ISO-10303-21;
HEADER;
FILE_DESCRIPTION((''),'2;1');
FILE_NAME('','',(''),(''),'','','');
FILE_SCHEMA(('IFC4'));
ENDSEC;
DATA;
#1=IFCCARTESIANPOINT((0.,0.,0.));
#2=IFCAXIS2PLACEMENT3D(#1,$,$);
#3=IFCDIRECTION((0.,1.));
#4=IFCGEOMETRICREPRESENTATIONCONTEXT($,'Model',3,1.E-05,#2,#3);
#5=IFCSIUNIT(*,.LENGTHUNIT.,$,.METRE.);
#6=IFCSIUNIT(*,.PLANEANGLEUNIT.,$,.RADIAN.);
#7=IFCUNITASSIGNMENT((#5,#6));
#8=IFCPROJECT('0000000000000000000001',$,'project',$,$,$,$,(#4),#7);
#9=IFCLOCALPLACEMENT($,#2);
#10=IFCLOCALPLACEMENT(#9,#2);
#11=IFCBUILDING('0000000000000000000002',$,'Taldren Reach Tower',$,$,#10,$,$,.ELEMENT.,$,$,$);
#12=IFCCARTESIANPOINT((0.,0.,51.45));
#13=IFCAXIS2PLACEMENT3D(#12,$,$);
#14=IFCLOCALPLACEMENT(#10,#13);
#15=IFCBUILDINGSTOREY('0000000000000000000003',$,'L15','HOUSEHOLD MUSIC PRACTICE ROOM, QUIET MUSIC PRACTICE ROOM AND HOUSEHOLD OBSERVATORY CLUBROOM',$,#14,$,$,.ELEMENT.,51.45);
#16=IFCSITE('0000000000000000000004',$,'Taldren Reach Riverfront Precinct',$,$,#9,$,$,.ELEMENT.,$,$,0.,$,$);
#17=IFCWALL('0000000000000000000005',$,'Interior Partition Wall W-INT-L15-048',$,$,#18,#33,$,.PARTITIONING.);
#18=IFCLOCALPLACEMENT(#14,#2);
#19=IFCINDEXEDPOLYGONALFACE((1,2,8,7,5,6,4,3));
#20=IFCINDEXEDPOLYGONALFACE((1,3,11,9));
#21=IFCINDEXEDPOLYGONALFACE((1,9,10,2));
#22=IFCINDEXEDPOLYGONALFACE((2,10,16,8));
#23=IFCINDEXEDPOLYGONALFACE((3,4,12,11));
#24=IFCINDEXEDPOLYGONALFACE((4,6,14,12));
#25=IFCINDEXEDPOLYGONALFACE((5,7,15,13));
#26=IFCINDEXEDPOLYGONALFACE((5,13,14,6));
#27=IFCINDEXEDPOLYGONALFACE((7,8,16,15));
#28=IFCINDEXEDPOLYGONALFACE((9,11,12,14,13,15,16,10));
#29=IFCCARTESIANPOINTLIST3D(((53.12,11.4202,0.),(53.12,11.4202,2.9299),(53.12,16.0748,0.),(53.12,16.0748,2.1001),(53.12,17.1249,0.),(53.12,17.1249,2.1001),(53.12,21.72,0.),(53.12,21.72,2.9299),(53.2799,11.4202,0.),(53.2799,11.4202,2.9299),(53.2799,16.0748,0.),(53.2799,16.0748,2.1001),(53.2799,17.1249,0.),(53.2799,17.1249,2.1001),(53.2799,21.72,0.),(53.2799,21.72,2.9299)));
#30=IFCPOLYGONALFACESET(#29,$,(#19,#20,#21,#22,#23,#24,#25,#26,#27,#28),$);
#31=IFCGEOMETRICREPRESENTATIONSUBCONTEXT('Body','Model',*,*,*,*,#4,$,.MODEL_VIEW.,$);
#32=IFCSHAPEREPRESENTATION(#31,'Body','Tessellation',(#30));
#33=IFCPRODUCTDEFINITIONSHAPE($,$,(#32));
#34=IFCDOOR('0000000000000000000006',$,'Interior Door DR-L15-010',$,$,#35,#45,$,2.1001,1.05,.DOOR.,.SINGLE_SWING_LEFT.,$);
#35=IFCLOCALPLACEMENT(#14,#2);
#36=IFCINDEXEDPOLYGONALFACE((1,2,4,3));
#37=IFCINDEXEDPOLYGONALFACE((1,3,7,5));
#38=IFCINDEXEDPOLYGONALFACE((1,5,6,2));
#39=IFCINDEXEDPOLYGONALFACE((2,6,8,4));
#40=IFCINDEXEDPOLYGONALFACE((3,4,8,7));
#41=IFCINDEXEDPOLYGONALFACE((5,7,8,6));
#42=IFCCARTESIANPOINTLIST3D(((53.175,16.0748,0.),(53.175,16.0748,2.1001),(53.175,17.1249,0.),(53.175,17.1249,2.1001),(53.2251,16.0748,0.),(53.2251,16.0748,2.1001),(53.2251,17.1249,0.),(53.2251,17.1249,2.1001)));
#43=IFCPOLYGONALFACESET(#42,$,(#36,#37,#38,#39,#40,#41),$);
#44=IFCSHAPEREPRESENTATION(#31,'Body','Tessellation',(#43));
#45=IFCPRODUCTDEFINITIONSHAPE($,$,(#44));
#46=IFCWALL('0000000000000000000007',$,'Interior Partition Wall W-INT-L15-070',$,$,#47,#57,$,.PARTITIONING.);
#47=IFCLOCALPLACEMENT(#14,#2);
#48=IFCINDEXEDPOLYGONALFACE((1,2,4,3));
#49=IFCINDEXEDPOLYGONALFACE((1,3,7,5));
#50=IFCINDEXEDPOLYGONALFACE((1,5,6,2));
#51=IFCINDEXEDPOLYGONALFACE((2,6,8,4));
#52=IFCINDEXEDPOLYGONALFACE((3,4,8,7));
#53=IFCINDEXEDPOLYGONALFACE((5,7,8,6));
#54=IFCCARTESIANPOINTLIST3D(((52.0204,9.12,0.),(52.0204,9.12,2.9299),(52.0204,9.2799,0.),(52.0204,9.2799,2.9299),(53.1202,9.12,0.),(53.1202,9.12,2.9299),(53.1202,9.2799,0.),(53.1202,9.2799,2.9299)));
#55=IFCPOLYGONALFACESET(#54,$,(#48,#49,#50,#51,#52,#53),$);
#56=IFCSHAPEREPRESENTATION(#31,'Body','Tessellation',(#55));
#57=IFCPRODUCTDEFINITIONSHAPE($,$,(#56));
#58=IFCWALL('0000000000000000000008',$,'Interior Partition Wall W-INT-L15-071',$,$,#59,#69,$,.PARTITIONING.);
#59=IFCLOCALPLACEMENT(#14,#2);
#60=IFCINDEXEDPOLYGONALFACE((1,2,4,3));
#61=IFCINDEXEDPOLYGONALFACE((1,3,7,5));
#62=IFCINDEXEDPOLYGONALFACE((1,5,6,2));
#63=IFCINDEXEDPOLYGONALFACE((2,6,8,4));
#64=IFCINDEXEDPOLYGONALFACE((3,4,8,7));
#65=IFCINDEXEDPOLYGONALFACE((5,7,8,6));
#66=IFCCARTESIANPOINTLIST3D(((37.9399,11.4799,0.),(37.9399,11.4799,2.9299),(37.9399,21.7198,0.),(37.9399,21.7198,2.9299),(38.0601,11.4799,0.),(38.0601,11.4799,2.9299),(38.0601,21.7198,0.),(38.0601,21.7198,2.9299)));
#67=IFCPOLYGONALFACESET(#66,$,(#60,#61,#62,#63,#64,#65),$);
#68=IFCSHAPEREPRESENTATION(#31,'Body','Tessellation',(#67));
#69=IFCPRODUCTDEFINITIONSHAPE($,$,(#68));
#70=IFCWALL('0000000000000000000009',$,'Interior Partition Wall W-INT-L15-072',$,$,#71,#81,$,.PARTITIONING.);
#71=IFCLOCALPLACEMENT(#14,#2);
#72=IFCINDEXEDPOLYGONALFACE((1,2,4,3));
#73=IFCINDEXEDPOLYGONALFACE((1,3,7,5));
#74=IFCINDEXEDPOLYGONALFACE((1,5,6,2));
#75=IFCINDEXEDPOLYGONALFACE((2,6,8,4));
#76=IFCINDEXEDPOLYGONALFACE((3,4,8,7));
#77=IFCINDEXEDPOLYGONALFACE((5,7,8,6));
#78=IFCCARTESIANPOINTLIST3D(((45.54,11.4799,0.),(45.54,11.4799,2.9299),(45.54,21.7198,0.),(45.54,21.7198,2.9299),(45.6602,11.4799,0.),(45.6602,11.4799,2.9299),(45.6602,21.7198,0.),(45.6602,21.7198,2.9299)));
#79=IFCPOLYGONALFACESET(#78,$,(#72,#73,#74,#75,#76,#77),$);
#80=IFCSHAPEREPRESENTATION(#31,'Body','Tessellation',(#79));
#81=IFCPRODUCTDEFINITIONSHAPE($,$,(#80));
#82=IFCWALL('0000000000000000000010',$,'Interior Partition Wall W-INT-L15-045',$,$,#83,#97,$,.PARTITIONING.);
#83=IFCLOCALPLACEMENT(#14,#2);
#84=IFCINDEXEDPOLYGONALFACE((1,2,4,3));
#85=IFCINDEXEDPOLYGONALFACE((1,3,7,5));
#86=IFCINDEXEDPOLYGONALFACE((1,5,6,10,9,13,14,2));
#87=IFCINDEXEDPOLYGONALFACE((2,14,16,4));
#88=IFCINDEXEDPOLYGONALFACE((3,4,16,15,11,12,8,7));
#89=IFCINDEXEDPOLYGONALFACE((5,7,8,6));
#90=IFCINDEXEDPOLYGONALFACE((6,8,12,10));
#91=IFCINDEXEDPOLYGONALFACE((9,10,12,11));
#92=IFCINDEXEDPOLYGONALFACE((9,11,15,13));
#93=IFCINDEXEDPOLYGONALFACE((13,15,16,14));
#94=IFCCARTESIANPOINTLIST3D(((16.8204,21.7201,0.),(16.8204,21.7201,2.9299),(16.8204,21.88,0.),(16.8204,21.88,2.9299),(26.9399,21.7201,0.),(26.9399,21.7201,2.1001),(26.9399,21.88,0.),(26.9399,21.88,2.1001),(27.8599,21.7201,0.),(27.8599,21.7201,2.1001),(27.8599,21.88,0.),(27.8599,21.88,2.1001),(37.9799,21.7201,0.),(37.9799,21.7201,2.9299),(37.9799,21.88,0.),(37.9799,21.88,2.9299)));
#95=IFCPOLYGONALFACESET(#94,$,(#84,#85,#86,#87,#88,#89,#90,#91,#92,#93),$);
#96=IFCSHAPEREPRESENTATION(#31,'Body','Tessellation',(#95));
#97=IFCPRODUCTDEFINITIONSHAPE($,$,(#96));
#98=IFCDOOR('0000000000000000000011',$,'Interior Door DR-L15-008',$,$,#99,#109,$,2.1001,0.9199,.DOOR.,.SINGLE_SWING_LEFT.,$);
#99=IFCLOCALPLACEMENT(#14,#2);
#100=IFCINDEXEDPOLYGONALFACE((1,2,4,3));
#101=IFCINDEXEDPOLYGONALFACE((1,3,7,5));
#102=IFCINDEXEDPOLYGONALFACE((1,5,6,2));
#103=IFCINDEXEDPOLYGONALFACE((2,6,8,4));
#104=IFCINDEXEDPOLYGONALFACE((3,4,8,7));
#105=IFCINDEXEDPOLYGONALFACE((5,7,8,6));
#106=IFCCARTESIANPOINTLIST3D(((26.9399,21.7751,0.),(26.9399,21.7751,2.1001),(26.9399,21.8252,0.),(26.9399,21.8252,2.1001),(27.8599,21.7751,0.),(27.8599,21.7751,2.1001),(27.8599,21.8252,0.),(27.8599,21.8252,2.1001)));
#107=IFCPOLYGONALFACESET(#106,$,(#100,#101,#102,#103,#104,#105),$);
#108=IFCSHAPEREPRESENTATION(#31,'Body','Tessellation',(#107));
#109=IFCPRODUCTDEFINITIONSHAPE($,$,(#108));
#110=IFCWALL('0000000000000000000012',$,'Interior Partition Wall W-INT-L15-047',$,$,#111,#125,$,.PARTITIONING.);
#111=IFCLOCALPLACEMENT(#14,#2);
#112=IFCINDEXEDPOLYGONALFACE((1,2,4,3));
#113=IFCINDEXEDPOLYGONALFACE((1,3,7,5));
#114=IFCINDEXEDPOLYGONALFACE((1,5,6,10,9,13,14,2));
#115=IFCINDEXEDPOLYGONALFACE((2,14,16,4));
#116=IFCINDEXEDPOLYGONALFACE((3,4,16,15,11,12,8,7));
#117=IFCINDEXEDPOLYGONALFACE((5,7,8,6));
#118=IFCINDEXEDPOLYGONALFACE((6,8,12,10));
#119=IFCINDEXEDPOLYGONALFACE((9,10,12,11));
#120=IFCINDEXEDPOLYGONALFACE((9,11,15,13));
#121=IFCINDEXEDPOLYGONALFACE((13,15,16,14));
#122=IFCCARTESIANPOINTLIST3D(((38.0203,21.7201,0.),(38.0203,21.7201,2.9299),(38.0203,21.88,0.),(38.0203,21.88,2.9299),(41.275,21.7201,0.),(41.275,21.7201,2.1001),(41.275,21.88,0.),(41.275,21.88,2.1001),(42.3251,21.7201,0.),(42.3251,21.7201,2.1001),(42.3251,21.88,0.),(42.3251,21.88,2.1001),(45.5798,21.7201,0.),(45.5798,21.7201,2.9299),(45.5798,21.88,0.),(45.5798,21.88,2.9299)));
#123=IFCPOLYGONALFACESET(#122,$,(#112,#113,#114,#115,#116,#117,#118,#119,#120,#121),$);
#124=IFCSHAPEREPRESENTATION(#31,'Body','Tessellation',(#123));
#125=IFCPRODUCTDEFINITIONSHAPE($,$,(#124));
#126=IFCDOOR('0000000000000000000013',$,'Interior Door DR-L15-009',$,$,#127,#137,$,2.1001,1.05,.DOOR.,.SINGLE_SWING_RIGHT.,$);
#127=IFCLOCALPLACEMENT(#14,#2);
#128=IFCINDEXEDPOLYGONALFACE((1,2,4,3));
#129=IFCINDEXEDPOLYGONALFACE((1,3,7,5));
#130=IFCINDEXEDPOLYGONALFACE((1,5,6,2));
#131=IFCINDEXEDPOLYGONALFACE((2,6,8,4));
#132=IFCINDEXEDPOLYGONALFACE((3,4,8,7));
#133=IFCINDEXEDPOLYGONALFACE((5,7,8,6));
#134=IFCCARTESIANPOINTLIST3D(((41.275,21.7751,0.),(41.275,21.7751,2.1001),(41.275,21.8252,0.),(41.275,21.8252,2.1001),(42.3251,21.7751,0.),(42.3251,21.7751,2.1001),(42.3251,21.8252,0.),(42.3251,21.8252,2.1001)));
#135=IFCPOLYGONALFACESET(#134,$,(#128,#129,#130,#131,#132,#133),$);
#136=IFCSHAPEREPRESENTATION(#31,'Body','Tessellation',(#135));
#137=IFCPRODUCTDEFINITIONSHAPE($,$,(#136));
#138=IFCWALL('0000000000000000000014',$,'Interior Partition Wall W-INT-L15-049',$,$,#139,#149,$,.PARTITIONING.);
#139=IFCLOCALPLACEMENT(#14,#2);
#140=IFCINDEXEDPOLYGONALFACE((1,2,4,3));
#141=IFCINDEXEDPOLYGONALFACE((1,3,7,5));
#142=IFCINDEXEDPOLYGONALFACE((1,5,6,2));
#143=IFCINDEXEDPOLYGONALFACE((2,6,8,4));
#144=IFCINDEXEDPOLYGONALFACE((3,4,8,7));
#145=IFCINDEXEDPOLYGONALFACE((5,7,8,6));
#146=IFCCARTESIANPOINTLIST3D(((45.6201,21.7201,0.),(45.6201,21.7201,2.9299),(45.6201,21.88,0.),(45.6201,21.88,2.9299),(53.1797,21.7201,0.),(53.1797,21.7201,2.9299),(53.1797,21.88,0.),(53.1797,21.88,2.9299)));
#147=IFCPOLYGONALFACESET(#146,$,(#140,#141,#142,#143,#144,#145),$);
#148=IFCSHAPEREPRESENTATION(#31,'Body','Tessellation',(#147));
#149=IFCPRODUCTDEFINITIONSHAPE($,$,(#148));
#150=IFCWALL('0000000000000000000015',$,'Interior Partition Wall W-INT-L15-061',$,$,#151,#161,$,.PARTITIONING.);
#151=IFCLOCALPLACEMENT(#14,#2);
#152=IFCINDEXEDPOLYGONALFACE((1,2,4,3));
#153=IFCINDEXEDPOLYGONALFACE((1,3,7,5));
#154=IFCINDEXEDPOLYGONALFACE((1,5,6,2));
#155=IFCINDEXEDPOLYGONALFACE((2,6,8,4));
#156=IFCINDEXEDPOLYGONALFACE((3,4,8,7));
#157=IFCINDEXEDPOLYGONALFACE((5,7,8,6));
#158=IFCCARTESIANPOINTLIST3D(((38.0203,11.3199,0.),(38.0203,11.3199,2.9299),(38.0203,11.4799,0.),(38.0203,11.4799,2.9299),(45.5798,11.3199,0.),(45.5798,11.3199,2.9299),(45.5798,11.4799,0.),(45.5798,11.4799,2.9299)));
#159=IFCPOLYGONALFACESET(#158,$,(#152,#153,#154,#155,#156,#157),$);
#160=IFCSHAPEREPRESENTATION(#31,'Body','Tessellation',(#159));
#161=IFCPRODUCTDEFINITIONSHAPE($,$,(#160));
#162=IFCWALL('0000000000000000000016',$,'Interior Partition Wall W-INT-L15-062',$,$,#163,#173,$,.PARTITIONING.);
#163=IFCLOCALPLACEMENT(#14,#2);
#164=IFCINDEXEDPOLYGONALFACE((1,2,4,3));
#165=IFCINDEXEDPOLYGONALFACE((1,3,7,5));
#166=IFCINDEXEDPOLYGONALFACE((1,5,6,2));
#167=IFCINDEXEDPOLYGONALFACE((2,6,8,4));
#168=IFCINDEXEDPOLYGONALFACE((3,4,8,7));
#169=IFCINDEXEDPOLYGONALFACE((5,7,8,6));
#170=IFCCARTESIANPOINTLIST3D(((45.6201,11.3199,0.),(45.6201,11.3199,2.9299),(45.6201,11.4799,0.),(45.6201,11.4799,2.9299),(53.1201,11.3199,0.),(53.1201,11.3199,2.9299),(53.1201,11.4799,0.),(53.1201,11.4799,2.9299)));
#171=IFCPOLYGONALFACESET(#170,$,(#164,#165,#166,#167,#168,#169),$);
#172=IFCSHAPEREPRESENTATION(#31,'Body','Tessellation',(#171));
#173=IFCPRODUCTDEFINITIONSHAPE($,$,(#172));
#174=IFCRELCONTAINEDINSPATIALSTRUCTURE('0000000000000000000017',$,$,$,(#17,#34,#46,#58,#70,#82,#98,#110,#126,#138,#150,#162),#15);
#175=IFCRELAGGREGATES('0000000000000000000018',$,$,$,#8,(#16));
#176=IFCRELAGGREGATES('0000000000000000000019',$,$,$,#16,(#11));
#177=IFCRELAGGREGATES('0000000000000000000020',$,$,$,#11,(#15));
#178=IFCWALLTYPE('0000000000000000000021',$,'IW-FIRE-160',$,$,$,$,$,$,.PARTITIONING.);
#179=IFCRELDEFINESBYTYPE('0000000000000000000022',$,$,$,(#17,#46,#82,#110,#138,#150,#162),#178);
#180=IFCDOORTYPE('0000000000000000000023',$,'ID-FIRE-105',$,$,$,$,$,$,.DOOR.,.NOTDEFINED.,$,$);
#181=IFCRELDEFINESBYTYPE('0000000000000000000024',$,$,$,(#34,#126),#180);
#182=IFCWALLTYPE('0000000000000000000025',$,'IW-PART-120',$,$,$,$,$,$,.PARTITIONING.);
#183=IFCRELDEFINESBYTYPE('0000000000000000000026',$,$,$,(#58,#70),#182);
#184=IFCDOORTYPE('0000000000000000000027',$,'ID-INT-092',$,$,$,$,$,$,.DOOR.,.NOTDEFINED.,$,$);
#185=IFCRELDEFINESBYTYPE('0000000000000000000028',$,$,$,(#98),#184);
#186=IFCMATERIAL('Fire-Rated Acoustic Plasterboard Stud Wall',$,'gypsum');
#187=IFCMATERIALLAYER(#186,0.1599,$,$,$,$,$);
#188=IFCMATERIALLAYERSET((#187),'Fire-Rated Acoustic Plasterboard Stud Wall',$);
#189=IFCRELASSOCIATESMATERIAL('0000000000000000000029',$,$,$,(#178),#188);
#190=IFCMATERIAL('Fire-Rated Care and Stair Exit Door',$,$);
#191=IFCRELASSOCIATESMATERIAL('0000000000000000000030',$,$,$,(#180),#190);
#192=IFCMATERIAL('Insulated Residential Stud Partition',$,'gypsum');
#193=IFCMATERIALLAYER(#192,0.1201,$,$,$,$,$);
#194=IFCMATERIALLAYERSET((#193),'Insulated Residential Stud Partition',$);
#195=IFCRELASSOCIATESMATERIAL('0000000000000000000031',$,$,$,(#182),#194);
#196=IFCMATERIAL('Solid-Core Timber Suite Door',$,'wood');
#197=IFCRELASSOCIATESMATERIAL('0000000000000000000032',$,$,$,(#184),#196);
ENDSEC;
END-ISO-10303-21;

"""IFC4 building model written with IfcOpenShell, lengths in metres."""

from ifc_helpers import new_model, si_unit, direction, frame, frame_2d, origin, place, context, subcontext, project, spatial, rectangle, extrude, source, transform, mapped, material, layer, layer_set, type_object, element, fill, save


model = new_model("IFC4")

# Units and contexts
model_context = context("Model", 3, precision=1e-05, world=origin(), true_north=direction((0.0, 1.0)))
body_context = subcontext(model_context, "Body", "Model", "MODEL_VIEW")
ifc_project = project(units=[si_unit("LENGTHUNIT", "METRE"), si_unit("PLANEANGLEUNIT", "RADIAN")], contexts=[model_context])

# Site, building, storey
site_placement = place(None, origin())
site = spatial("IfcSite", under=ifc_project, at=site_placement, Name="Taldren Reach Riverfront Precinct", CompositionType="ELEMENT", RefElevation=0.0)
building_placement = place(site_placement, origin())
building = spatial("IfcBuilding", under=site, at=building_placement, Name="Taldren Reach Tower", CompositionType="ELEMENT")
storey_placement = place(building_placement, frame((0.0, 0.0, 51.45)))
storey = spatial("IfcBuildingStorey", under=building, at=storey_placement, Name="L15", Description="HOUSEHOLD MUSIC PRACTICE ROOM, QUIET MUSIC PRACTICE ROOM AND HOUSEHOLD OBSERVATORY CLUBROOM", CompositionType="ELEMENT", Elevation=51.45)

# Wall, opening, door
ifc_material_1 = material(Name="Fire-Rated Acoustic Plasterboard Stud Wall", Category="gypsum")
ifc_layer_1 = layer(ifc_material_1, 0.1599)
ifc_layer_set_1 = layer_set([ifc_layer_1], Name="Fire-Rated Acoustic Plasterboard Stud Wall")
wall_type_1 = type_object("IfcWallType", Name="IW-FIRE-160", PredefinedType="PARTITIONING", material=ifc_layer_set_1)
shared_shape_1 = source(origin(), body_context, "Body", "SweptSolid", [
    extrude(rectangle(XDim=10.2998, YDim=0.1599, at=frame_2d((5.1499, 0.0))), origin(), (0.0, 0.0, 1.0), 2.9299),
])
wall_1_placement = place(storey_placement, frame((53.2, 11.4202, 0.0), z_axis=(0.0, 0.0, 1.0), x_axis=(0.0, 1.0, 0.0)))
wall_1 = element("IfcWall", 1, at=wall_1_placement, inside=storey, type_object=wall_type_1, Name="Interior Partition Wall W-INT-L15-048", PredefinedType="PARTITIONING", context=body_context, shape_type="MappedRepresentation", body=[
    mapped(shared_shape_1, transform((0.0, 0.0, 0.0), scale=1.0)),
])
shared_shape_2 = source(origin(), body_context, "Body", "SweptSolid", [
    extrude(rectangle(XDim=1.05, YDim=2.1001, at=frame_2d((0.5249, 1.05))), frame((0.0, 0.0898, 0.0), z_axis=(0.0, -1.0, 0.0), x_axis=(1.0, 0.0, 0.0)), (0.0, 0.0, 1.0), 0.1799),
])
opening_1_placement = place(wall_1_placement, frame((4.6548, 0.0, 0.0)))
opening_1 = element("IfcOpeningElement", 2, at=opening_1_placement, cuts=wall_1, PredefinedType="OPENING", context=body_context, shape_type="MappedRepresentation", body=[
    mapped(shared_shape_2, transform((0.0, 0.0, 0.0), scale=1.0)),
])
ifc_material_2 = material(Name="Fire-Rated Care and Stair Exit Door")
door_type_1 = type_object("IfcDoorType", Name="ID-FIRE-105", OperationType="NOTDEFINED", PredefinedType="DOOR", material=ifc_material_2)
shared_shape_3 = source(origin(), body_context, "Body", "SweptSolid", [
    extrude(rectangle(XDim=1.05, YDim=2.1001, at=frame_2d((0.5249, 1.05))), frame((0.0, 0.0249, 0.0), z_axis=(0.0, -1.0, 0.0), x_axis=(1.0, 0.0, 0.0)), (0.0, 0.0, 1.0), 0.05),
])
door_1_placement = place(opening_1_placement, origin())
door_1 = element("IfcDoor", 3, at=door_1_placement, inside=storey, type_object=door_type_1, Name="Interior Door DR-L15-010", OperationType="SINGLE_SWING_LEFT", OverallHeight=2.1001, OverallWidth=1.05, PredefinedType="DOOR", context=body_context, shape_type="MappedRepresentation", body=[
    mapped(shared_shape_3, transform((0.0, 0.0, 0.0), scale=1.0)),
])
fill(opening_1, door_1)

# Walls
shared_shape_4 = source(origin(), body_context, "Body", "SweptSolid", [
    extrude(rectangle(XDim=1.0999, YDim=0.1599, at=frame_2d((0.5498, 0.0))), origin(), (0.0, 0.0, 1.0), 2.9299),
])
wall_2_placement = place(storey_placement, frame((53.1201, 9.2, 0.0), z_axis=(0.0, 0.0, 1.0), x_axis=(-1.0, 0.0, 0.0)))
element("IfcWall", 4, at=wall_2_placement, inside=storey, type_object=wall_type_1, Name="Interior Partition Wall W-INT-L15-070", PredefinedType="PARTITIONING", context=body_context, shape_type="MappedRepresentation", body=[
    mapped(shared_shape_4, transform((0.0, 0.0, 0.0), scale=1.0)),
])
ifc_material_3 = material(Name="Insulated Residential Stud Partition", Category="gypsum")
ifc_layer_2 = layer(ifc_material_3, 0.1201)
ifc_layer_set_2 = layer_set([ifc_layer_2], Name="Insulated Residential Stud Partition")
wall_type_2 = type_object("IfcWallType", Name="IW-PART-120", PredefinedType="PARTITIONING", material=ifc_layer_set_2)
shared_shape_5 = source(origin(), body_context, "Body", "SweptSolid", [
    extrude(rectangle(XDim=10.24, YDim=0.1201, at=frame_2d((5.1201, 0.0))), origin(), (0.0, 0.0, 1.0), 2.9299),
])
for number, where, z_axis, x_axis, name in (
    (5, (38.0, 21.72, 0.0), (0.0, 0.0, 1.0), (0.0, -1.0, 0.0), "Interior Partition Wall W-INT-L15-071"),
    (6, (45.6001, 21.72, 0.0), (0.0, 0.0, 1.0), (0.0, -1.0, 0.0), "Interior Partition Wall W-INT-L15-072"),
):
    element("IfcWall", number, at=place(storey_placement, frame(where, z_axis=z_axis, x_axis=x_axis)), inside=storey, type_object=wall_type_2, Name=name, PredefinedType="PARTITIONING", context=body_context, shape_type="MappedRepresentation", body=[
        mapped(shared_shape_5, transform((0.0, 0.0, 0.0), scale=1.0)),
    ])

# Walls, openings, doors
shared_shape_6 = source(origin(), body_context, "Body", "SweptSolid", [
    extrude(rectangle(XDim=21.1594, YDim=0.1599, at=frame_2d((10.5796, 0.0))), origin(), (0.0, 0.0, 1.0), 2.9299),
])
wall_3_placement = place(storey_placement, frame((37.9797, 21.8, 0.0), z_axis=(0.0, 0.0, 1.0), x_axis=(-1.0, 0.0, 0.0)))
wall_3 = element("IfcWall", 7, at=wall_3_placement, inside=storey, type_object=wall_type_1, Name="Interior Partition Wall W-INT-L15-045", PredefinedType="PARTITIONING", context=body_context, shape_type="MappedRepresentation", body=[
    mapped(shared_shape_6, transform((0.0, 0.0, 0.0), scale=1.0)),
])
shared_shape_7 = source(origin(), body_context, "Body", "SweptSolid", [
    extrude(rectangle(XDim=0.9199, YDim=2.1001, at=frame_2d((0.46, 1.05))), frame((0.0, 0.0898, 0.0), z_axis=(0.0, -1.0, 0.0), x_axis=(1.0, 0.0, 0.0)), (0.0, 0.0, 1.0), 0.1799),
])
opening_2_placement = place(wall_3_placement, frame((10.1199, 0.0, 0.0)))
opening_2 = element("IfcOpeningElement", 8, at=opening_2_placement, cuts=wall_3, PredefinedType="OPENING", context=body_context, shape_type="MappedRepresentation", body=[
    mapped(shared_shape_7, transform((0.0, 0.0, 0.0), scale=1.0)),
])
ifc_material_4 = material(Name="Solid-Core Timber Suite Door", Category="wood")
door_type_2 = type_object("IfcDoorType", Name="ID-INT-092", OperationType="NOTDEFINED", PredefinedType="DOOR", material=ifc_material_4)
shared_shape_8 = source(origin(), body_context, "Body", "SweptSolid", [
    extrude(rectangle(XDim=0.9199, YDim=2.1001, at=frame_2d((0.46, 1.05))), frame((0.0, 0.0249, 0.0), z_axis=(0.0, -1.0, 0.0), x_axis=(1.0, 0.0, 0.0)), (0.0, 0.0, 1.0), 0.05),
])
door_2_placement = place(opening_2_placement, origin())
door_2 = element("IfcDoor", 9, at=door_2_placement, inside=storey, type_object=door_type_2, Name="Interior Door DR-L15-008", OperationType="SINGLE_SWING_LEFT", OverallHeight=2.1001, OverallWidth=0.9199, PredefinedType="DOOR", context=body_context, shape_type="MappedRepresentation", body=[
    mapped(shared_shape_8, transform((0.0, 0.0, 0.0), scale=1.0)),
])
fill(opening_2, door_2)
shared_shape_9 = source(origin(), body_context, "Body", "SweptSolid", [
    extrude(rectangle(XDim=7.5596, YDim=0.1599, at=frame_2d((3.7798, 0.0))), origin(), (0.0, 0.0, 1.0), 2.9299),
])
wall_4_placement = place(storey_placement, frame((45.5798, 21.8, 0.0), z_axis=(0.0, 0.0, 1.0), x_axis=(-1.0, 0.0, 0.0)))
wall_4 = element("IfcWall", 10, at=wall_4_placement, inside=storey, type_object=wall_type_1, Name="Interior Partition Wall W-INT-L15-047", PredefinedType="PARTITIONING", context=body_context, shape_type="MappedRepresentation", body=[
    mapped(shared_shape_9, transform((0.0, 0.0, 0.0), scale=1.0)),
])
opening_3_placement = place(wall_4_placement, frame((3.2549, 0.0, 0.0)))
opening_3 = element("IfcOpeningElement", 11, at=opening_3_placement, cuts=wall_4, PredefinedType="OPENING", context=body_context, shape_type="MappedRepresentation", body=[
    mapped(shared_shape_2, transform((0.0, 0.0, 0.0), scale=1.0)),
])
door_3_placement = place(opening_3_placement, origin())
door_3 = element("IfcDoor", 12, at=door_3_placement, inside=storey, type_object=door_type_1, Name="Interior Door DR-L15-009", OperationType="SINGLE_SWING_RIGHT", OverallHeight=2.1001, OverallWidth=1.05, PredefinedType="DOOR", context=body_context, shape_type="MappedRepresentation", body=[
    mapped(shared_shape_3, transform((0.0, 0.0, 0.0), scale=1.0)),
])
fill(opening_3, door_3)

# Walls
for number, where, z_axis, x_axis, name in (
    (13, (53.1797, 21.8, 0.0), (0.0, 0.0, 1.0), (-1.0, 0.0, 0.0), "Interior Partition Wall W-INT-L15-049"),
    (14, (38.0203, 11.3999, 0.0), (0.0, 0.0, 1.0), (1.0, 0.0, 0.0), "Interior Partition Wall W-INT-L15-061"),
):
    element("IfcWall", number, at=place(storey_placement, frame(where, z_axis=z_axis, x_axis=x_axis)), inside=storey, type_object=wall_type_1, Name=name, PredefinedType="PARTITIONING", context=body_context, shape_type="MappedRepresentation", body=[
        mapped(shared_shape_9, transform((0.0, 0.0, 0.0), scale=1.0)),
    ])
shared_shape_10 = source(origin(), body_context, "Body", "SweptSolid", [
    extrude(rectangle(XDim=7.5, YDim=0.1599, at=frame_2d((3.75, 0.0))), origin(), (0.0, 0.0, 1.0), 2.9299),
])
wall_5_placement = place(storey_placement, frame((45.6201, 11.3999, 0.0), z_axis=(0.0, 0.0, 1.0), x_axis=(1.0, 0.0, 0.0)))
element("IfcWall", 15, at=wall_5_placement, inside=storey, type_object=wall_type_1, Name="Interior Partition Wall W-INT-L15-062", PredefinedType="PARTITIONING", context=body_context, shape_type="MappedRepresentation", body=[
    mapped(shared_shape_10, transform((0.0, 0.0, 0.0), scale=1.0)),
])

save(model, "model.ifc")
